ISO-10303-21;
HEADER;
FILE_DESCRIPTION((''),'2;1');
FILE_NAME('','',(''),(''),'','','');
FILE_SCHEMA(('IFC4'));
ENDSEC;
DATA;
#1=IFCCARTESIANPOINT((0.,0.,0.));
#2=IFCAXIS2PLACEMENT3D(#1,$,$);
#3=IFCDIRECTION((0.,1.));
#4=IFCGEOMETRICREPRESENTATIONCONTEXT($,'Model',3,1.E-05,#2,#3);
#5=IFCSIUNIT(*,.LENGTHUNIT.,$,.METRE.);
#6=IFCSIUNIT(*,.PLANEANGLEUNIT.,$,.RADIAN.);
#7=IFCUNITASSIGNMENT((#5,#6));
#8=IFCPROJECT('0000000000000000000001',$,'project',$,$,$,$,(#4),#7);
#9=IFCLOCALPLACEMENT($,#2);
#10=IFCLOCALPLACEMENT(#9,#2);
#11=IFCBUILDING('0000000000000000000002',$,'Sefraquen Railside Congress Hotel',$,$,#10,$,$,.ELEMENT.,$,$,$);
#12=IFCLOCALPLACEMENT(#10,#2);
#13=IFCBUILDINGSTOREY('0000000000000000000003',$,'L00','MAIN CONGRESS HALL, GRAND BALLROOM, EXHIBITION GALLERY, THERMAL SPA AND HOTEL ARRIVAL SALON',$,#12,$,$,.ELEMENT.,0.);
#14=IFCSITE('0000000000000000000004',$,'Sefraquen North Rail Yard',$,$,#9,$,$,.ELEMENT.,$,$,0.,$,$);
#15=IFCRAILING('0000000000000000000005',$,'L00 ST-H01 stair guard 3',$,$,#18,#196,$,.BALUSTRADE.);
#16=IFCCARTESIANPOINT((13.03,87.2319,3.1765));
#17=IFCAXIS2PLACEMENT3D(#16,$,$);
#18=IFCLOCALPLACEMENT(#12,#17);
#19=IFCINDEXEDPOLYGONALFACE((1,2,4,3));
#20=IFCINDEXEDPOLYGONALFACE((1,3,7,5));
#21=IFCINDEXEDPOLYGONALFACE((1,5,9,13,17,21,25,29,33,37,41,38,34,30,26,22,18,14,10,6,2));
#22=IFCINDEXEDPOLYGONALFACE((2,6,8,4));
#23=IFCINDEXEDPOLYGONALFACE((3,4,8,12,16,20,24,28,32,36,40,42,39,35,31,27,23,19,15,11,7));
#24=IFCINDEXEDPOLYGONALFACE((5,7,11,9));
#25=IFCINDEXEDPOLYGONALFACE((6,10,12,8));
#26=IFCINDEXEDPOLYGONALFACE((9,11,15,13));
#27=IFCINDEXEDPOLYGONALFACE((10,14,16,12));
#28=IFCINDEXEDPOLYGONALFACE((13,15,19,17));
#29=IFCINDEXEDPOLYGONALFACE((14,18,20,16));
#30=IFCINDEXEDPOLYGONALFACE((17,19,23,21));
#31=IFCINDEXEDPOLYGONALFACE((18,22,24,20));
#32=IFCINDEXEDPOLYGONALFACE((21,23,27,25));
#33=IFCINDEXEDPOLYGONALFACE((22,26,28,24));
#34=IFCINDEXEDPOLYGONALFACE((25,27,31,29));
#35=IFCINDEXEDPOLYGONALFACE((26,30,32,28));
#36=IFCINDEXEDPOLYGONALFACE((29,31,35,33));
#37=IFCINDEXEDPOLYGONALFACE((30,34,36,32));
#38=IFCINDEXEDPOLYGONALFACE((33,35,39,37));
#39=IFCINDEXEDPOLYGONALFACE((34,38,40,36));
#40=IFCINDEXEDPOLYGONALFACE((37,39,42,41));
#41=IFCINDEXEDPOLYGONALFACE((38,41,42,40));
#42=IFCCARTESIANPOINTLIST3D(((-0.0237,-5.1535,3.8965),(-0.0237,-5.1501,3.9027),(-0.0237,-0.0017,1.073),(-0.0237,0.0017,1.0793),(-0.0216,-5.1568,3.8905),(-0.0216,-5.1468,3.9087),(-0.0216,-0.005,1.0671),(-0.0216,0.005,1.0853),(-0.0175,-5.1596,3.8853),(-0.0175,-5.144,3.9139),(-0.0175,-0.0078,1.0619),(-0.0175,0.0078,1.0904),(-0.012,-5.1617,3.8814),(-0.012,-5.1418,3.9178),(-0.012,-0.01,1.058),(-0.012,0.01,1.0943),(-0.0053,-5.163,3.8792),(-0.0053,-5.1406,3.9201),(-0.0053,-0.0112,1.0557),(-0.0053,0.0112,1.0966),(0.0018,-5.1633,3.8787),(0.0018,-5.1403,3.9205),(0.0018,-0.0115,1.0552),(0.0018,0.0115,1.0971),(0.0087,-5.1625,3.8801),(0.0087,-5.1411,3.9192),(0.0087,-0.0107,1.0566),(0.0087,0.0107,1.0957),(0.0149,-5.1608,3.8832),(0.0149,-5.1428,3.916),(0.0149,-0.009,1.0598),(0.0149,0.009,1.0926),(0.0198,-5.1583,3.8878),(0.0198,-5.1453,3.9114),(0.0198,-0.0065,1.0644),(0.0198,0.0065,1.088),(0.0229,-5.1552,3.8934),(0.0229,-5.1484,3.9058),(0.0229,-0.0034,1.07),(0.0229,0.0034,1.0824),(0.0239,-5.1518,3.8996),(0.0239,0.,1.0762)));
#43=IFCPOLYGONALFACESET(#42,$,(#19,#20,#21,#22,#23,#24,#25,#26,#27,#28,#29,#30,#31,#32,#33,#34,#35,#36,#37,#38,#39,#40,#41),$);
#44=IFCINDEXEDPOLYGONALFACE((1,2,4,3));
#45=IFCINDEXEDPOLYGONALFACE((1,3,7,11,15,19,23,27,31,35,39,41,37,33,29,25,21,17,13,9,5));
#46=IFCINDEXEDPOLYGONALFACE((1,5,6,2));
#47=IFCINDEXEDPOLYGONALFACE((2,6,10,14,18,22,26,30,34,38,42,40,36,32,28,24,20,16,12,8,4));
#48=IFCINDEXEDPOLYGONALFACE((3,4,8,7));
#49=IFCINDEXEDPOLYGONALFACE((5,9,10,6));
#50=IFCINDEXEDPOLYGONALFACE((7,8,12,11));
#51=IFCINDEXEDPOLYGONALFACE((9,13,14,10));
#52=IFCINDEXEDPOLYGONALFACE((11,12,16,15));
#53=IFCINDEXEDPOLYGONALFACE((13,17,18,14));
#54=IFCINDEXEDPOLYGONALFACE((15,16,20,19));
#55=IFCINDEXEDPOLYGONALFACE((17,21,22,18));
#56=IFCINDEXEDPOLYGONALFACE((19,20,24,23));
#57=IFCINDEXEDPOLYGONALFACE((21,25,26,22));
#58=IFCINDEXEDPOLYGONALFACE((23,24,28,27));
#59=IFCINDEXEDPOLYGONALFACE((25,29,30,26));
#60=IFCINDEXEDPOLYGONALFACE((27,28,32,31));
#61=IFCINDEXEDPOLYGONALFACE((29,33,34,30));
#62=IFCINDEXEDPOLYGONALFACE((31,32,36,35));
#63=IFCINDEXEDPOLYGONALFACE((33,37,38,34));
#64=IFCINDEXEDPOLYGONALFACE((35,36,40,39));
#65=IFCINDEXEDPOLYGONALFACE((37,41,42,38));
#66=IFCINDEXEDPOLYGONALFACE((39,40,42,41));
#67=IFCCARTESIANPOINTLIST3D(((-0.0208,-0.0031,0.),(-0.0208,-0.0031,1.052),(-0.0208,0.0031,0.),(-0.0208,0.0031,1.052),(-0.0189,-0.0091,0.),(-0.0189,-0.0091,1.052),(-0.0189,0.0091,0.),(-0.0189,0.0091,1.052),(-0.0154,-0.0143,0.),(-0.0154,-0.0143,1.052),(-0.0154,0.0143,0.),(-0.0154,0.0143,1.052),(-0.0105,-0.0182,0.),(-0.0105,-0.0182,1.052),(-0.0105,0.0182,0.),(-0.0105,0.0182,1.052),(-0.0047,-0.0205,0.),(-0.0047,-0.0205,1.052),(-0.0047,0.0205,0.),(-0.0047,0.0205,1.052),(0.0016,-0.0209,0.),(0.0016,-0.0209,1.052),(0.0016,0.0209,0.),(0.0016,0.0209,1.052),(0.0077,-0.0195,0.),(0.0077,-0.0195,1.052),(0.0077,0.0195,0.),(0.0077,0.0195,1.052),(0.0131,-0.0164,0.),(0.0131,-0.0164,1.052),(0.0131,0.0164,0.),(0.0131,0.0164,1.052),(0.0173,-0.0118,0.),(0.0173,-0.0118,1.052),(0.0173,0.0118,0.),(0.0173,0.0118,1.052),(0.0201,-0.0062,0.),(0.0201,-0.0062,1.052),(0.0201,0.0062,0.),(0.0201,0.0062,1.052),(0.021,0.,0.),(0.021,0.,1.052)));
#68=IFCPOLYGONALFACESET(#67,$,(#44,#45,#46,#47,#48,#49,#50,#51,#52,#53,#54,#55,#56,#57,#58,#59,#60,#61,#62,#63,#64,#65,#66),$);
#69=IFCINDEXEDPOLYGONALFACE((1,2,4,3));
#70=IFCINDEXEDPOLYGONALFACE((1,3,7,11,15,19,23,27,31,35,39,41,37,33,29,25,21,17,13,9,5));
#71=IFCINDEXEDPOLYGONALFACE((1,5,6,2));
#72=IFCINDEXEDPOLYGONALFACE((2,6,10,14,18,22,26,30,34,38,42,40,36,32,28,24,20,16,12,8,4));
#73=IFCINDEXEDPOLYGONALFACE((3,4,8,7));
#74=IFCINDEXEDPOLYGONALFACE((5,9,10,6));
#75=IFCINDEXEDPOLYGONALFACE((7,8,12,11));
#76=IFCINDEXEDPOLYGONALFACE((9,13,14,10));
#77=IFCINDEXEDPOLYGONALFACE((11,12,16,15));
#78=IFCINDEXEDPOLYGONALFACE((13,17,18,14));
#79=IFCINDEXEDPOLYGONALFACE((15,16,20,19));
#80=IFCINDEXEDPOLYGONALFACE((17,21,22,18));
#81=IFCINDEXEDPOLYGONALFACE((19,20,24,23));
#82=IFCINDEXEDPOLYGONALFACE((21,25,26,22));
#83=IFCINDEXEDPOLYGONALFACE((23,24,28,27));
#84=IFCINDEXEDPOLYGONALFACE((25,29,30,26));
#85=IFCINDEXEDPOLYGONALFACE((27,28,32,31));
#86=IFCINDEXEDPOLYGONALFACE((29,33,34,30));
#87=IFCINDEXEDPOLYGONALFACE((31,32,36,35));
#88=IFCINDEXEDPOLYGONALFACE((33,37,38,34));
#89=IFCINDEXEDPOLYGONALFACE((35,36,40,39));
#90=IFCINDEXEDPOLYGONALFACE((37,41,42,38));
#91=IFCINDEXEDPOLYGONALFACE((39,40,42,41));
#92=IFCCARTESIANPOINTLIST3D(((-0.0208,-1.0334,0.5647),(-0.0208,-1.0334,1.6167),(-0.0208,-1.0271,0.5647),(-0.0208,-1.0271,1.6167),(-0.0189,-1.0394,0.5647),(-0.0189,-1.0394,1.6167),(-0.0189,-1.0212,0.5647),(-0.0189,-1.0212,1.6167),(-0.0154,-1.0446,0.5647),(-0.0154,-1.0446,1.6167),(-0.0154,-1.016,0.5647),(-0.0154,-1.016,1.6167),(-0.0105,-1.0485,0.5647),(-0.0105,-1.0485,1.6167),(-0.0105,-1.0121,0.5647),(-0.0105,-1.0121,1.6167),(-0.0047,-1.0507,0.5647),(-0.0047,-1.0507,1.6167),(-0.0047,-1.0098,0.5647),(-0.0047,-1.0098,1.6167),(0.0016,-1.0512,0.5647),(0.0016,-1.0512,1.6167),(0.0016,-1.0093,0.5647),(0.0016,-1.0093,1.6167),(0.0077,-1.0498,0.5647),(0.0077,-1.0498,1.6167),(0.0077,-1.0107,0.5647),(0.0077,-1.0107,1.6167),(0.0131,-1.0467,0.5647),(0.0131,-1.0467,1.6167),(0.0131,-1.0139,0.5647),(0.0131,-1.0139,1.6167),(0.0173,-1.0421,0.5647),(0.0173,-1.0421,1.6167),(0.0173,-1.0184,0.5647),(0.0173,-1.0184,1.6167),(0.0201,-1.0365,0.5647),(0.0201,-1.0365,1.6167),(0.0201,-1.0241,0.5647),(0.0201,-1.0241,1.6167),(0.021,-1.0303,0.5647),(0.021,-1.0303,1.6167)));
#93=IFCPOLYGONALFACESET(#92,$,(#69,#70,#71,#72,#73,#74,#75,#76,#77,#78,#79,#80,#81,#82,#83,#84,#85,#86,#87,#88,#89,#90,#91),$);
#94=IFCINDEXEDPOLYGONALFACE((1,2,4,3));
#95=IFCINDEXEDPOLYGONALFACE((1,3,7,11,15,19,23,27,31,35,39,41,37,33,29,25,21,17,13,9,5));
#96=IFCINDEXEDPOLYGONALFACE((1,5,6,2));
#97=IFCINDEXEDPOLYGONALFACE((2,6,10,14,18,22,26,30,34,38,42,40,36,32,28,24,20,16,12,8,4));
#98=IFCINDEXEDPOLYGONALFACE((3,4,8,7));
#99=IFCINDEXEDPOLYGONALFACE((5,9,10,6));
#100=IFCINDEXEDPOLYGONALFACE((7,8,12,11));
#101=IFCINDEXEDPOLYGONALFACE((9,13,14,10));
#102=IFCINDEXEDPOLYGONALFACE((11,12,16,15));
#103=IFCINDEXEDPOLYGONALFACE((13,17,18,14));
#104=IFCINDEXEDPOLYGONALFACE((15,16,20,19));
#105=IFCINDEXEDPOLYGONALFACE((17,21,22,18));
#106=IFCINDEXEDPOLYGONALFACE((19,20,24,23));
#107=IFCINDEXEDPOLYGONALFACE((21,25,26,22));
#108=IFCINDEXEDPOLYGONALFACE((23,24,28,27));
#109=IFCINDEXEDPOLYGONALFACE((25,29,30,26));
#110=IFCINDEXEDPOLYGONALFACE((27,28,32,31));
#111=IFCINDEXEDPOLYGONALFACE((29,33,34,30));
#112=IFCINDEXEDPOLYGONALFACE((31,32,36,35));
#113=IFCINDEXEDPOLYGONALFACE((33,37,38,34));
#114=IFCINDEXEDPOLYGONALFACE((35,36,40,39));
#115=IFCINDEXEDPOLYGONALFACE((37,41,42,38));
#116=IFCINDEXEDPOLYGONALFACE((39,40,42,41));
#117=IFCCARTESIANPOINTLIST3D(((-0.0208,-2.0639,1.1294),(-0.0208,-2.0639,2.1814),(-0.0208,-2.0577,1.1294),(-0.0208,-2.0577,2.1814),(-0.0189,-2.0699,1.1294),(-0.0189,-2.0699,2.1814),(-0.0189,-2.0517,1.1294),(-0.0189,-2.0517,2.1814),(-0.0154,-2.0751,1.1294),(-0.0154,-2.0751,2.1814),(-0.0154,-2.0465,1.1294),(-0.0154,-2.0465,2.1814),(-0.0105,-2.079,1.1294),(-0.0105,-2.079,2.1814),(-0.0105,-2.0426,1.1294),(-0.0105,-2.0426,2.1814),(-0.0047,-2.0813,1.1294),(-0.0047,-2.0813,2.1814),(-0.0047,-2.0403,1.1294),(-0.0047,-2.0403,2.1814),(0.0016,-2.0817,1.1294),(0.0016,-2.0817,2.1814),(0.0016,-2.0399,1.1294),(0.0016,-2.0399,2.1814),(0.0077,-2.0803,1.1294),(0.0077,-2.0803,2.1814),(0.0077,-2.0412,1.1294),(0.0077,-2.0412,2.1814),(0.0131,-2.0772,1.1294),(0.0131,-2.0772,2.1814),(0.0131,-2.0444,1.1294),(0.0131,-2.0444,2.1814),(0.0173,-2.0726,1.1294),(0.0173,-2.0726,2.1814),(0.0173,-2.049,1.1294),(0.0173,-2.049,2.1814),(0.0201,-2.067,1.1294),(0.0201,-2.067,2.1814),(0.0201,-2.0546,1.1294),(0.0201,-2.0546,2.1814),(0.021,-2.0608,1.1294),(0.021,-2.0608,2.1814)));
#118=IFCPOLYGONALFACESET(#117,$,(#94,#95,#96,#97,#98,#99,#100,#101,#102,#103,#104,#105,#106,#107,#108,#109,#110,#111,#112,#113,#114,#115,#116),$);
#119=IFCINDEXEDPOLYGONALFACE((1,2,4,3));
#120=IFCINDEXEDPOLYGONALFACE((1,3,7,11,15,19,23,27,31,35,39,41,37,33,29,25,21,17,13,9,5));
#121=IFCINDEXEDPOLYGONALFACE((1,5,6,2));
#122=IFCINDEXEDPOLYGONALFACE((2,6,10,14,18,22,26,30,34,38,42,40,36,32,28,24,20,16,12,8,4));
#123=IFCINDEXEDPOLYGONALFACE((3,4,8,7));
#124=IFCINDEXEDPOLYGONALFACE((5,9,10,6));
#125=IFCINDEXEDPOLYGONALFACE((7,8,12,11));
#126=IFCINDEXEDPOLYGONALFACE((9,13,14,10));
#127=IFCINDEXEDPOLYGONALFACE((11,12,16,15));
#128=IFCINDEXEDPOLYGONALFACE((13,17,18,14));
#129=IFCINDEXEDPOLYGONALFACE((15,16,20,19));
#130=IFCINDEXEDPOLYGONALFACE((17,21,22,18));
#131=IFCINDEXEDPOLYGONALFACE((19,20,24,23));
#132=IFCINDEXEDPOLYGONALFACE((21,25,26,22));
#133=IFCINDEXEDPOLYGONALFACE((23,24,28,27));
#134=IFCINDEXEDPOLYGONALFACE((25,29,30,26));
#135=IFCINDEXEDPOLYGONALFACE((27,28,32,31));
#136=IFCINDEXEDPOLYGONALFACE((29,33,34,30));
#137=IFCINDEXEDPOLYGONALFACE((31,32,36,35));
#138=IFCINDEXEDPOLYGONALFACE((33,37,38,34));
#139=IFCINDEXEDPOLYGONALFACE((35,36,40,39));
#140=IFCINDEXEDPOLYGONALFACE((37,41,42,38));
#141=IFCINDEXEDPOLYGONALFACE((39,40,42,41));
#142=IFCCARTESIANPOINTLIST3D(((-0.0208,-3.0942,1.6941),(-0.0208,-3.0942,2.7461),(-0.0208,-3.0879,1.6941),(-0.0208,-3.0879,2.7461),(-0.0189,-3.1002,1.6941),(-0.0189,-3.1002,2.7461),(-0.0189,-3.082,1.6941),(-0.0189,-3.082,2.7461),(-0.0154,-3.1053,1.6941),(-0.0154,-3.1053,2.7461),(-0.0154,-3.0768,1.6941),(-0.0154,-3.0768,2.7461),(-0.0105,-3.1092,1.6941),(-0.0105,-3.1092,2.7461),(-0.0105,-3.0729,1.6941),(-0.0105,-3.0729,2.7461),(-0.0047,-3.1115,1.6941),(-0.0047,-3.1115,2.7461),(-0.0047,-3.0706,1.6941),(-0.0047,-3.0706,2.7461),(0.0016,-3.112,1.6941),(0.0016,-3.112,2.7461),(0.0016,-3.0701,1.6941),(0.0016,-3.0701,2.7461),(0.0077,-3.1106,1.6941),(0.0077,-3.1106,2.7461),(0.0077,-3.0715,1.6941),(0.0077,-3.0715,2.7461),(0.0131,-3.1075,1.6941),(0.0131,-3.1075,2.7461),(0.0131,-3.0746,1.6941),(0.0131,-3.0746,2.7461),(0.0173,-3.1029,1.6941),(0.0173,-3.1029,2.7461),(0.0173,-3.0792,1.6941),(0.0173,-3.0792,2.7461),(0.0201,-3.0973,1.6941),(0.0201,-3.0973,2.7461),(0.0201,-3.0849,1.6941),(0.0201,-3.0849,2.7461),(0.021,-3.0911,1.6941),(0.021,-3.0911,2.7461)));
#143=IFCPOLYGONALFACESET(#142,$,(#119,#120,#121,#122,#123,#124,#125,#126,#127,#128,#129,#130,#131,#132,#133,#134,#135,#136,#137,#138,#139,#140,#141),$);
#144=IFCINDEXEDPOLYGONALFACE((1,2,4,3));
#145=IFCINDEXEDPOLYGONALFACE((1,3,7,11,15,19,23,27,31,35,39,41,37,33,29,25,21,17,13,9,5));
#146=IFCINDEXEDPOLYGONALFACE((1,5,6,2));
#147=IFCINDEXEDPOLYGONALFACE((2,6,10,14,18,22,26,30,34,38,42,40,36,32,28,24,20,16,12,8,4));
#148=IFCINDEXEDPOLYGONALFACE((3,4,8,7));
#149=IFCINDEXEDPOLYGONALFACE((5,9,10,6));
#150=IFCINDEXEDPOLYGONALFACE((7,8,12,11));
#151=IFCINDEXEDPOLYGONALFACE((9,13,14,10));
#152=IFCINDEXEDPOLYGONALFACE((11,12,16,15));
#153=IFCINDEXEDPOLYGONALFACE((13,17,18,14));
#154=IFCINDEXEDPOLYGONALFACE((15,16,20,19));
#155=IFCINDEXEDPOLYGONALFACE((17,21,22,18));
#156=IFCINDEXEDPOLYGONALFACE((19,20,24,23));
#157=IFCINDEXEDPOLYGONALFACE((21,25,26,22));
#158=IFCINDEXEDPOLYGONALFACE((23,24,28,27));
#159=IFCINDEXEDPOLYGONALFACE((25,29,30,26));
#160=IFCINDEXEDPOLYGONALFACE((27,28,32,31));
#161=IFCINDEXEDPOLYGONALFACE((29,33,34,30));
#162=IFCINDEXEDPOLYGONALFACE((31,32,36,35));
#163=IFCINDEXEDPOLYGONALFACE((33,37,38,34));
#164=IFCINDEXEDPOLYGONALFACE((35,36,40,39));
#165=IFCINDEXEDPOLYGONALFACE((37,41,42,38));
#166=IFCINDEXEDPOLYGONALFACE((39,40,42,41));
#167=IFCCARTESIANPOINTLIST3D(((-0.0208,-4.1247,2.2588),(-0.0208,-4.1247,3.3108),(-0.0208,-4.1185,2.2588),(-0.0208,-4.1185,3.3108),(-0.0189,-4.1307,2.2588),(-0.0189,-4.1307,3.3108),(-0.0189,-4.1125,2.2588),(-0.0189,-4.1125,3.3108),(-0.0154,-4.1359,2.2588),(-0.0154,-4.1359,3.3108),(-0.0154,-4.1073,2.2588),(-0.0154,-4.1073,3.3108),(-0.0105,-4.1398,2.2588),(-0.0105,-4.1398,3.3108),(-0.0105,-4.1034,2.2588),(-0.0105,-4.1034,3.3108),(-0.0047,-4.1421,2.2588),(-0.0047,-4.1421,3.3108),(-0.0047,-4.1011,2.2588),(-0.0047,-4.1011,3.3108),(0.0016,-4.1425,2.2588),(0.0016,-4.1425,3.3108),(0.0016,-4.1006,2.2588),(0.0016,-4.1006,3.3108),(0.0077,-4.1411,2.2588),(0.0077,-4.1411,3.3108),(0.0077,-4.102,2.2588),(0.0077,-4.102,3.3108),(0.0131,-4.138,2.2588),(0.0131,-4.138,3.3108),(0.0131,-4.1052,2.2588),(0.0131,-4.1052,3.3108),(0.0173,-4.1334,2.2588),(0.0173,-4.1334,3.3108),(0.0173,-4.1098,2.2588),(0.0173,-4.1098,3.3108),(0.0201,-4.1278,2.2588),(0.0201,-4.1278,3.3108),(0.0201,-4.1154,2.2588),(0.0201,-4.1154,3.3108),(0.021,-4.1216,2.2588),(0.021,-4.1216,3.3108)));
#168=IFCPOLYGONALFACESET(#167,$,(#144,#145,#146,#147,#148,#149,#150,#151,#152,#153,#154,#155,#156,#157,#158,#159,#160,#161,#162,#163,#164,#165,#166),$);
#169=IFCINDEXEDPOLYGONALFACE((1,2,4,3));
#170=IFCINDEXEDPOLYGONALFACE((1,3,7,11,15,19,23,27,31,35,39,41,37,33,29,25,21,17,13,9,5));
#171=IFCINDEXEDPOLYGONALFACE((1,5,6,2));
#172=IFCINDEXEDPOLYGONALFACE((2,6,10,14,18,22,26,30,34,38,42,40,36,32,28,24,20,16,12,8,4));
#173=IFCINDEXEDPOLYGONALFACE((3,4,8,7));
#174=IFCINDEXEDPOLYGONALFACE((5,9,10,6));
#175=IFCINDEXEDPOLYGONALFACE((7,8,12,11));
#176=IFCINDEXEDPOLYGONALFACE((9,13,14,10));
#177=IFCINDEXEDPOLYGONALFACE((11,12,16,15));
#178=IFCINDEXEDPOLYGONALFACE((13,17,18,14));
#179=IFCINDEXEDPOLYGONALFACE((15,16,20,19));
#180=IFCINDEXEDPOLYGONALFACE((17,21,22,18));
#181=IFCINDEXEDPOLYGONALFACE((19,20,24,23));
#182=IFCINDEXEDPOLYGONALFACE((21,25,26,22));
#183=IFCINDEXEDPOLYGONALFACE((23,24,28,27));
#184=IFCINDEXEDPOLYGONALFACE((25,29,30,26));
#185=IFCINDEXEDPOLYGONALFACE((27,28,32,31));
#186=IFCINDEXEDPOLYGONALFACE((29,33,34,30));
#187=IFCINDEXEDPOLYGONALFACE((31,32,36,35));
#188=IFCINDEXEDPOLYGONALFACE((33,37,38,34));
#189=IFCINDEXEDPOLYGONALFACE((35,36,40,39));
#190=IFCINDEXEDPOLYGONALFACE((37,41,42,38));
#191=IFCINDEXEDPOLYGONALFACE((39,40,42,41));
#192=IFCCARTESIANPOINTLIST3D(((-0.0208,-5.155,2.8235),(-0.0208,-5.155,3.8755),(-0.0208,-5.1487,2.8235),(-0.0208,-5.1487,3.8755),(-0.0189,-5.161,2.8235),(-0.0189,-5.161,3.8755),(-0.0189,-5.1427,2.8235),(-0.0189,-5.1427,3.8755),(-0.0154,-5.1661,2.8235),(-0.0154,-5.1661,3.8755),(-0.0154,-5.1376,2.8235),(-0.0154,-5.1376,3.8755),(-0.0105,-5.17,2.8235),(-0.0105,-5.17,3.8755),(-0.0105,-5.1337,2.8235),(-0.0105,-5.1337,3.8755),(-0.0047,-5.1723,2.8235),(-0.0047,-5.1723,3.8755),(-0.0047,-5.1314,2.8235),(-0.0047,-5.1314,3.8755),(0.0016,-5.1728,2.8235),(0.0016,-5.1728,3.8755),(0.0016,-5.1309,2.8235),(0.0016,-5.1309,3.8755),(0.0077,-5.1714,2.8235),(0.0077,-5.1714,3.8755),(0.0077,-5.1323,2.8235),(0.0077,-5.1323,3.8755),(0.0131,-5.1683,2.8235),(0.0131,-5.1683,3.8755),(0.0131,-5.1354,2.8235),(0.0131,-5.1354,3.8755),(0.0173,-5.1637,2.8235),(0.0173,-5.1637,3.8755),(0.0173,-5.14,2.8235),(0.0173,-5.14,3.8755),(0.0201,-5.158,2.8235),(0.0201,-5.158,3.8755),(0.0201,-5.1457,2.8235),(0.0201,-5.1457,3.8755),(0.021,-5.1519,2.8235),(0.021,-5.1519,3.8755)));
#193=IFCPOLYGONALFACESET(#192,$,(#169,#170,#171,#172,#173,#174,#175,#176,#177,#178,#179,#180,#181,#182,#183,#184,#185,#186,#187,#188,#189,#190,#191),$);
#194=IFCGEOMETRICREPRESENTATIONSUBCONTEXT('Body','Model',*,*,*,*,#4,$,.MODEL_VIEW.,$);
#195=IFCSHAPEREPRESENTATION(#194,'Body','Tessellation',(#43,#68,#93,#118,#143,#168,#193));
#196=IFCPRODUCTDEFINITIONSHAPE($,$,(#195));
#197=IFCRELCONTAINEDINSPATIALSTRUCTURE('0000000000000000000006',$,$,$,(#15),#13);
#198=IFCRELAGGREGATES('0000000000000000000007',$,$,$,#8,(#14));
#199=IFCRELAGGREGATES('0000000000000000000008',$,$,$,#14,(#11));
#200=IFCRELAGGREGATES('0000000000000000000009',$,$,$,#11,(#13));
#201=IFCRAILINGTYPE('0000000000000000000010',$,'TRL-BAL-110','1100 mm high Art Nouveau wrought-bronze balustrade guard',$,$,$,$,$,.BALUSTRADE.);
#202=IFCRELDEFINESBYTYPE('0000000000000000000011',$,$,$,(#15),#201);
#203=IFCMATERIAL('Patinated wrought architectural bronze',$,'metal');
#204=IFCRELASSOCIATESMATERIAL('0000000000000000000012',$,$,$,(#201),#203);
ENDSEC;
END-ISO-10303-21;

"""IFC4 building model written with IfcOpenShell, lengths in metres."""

from ifc_helpers import new_model, si_unit, direction, frame, origin, origin_2d, place, context, subcontext, project, spatial, circle, extrude, material, type_object, element, save


model = new_model("IFC4")

# Units and contexts
model_context = context("Model", 3, precision=1e-05, world=origin(), true_north=direction((0.0, 1.0)))
body_context = subcontext(model_context, "Body", "Model", "MODEL_VIEW")
ifc_project = project(units=[si_unit("LENGTHUNIT", "METRE"), si_unit("PLANEANGLEUNIT", "RADIAN")], contexts=[model_context])

# Site, building, storey
site_placement = place(None, origin())
site = spatial("IfcSite", under=ifc_project, at=site_placement, Name="Sefraquen North Rail Yard", CompositionType="ELEMENT", RefElevation=0.0)
building_placement = place(site_placement, origin())
building = spatial("IfcBuilding", under=site, at=building_placement, Name="Sefraquen Railside Congress Hotel", CompositionType="ELEMENT")
storey_placement = place(building_placement, origin())
storey = spatial("IfcBuildingStorey", under=building, at=storey_placement, Name="L00", Description="MAIN CONGRESS HALL, GRAND BALLROOM, EXHIBITION GALLERY, THERMAL SPA AND HOTEL ARRIVAL SALON", CompositionType="ELEMENT", Elevation=0.0)

# Railing
ifc_material_1 = material(Name="Patinated wrought architectural bronze", Category="metal")
railing_type_1 = type_object("IfcRailingType", Name="TRL-BAL-110", Description="1100 mm high Art Nouveau wrought-bronze balustrade guard", PredefinedType="BALUSTRADE", material=ifc_material_1)
railing_1_placement = place(storey_placement, frame((13.03, 87.2319, 3.1765)))
element("IfcRailing", 1, at=railing_1_placement, inside=storey, type_object=railing_type_1, Name="L00 ST-H01 stair guard 3", PredefinedType="BALUSTRADE", context=body_context, shape_type="SweptSolid", body=[
    extrude(circle(Radius=0.0239, at=origin_2d()), frame((0.0, 0.0, 1.0762), z_axis=(0.0, -0.876936, 0.480607), x_axis=(1.0, 0.0, 0.0)), (0.0, 0.0, 1.0), 5.8748),
    extrude(circle(Radius=0.021, at=origin_2d()), origin(), (0.0, 0.0, 1.0), 1.052),
    extrude(circle(Radius=0.021, at=origin_2d()), frame((0.0, -1.0303, 0.5647)), (0.0, 0.0, 1.0), 1.052),
    extrude(circle(Radius=0.021, at=origin_2d()), frame((0.0, -2.0608, 1.1294)), (0.0, 0.0, 1.0), 1.052),
    extrude(circle(Radius=0.021, at=origin_2d()), frame((0.0, -3.0911, 1.6941)), (0.0, 0.0, 1.0), 1.052),
    extrude(circle(Radius=0.021, at=origin_2d()), frame((0.0, -4.1216, 2.2588)), (0.0, 0.0, 1.0), 1.052),
    extrude(circle(Radius=0.021, at=origin_2d()), frame((0.0, -5.1519, 2.8235)), (0.0, 0.0, 1.0), 1.052),
])

save(model, "model.ifc")
